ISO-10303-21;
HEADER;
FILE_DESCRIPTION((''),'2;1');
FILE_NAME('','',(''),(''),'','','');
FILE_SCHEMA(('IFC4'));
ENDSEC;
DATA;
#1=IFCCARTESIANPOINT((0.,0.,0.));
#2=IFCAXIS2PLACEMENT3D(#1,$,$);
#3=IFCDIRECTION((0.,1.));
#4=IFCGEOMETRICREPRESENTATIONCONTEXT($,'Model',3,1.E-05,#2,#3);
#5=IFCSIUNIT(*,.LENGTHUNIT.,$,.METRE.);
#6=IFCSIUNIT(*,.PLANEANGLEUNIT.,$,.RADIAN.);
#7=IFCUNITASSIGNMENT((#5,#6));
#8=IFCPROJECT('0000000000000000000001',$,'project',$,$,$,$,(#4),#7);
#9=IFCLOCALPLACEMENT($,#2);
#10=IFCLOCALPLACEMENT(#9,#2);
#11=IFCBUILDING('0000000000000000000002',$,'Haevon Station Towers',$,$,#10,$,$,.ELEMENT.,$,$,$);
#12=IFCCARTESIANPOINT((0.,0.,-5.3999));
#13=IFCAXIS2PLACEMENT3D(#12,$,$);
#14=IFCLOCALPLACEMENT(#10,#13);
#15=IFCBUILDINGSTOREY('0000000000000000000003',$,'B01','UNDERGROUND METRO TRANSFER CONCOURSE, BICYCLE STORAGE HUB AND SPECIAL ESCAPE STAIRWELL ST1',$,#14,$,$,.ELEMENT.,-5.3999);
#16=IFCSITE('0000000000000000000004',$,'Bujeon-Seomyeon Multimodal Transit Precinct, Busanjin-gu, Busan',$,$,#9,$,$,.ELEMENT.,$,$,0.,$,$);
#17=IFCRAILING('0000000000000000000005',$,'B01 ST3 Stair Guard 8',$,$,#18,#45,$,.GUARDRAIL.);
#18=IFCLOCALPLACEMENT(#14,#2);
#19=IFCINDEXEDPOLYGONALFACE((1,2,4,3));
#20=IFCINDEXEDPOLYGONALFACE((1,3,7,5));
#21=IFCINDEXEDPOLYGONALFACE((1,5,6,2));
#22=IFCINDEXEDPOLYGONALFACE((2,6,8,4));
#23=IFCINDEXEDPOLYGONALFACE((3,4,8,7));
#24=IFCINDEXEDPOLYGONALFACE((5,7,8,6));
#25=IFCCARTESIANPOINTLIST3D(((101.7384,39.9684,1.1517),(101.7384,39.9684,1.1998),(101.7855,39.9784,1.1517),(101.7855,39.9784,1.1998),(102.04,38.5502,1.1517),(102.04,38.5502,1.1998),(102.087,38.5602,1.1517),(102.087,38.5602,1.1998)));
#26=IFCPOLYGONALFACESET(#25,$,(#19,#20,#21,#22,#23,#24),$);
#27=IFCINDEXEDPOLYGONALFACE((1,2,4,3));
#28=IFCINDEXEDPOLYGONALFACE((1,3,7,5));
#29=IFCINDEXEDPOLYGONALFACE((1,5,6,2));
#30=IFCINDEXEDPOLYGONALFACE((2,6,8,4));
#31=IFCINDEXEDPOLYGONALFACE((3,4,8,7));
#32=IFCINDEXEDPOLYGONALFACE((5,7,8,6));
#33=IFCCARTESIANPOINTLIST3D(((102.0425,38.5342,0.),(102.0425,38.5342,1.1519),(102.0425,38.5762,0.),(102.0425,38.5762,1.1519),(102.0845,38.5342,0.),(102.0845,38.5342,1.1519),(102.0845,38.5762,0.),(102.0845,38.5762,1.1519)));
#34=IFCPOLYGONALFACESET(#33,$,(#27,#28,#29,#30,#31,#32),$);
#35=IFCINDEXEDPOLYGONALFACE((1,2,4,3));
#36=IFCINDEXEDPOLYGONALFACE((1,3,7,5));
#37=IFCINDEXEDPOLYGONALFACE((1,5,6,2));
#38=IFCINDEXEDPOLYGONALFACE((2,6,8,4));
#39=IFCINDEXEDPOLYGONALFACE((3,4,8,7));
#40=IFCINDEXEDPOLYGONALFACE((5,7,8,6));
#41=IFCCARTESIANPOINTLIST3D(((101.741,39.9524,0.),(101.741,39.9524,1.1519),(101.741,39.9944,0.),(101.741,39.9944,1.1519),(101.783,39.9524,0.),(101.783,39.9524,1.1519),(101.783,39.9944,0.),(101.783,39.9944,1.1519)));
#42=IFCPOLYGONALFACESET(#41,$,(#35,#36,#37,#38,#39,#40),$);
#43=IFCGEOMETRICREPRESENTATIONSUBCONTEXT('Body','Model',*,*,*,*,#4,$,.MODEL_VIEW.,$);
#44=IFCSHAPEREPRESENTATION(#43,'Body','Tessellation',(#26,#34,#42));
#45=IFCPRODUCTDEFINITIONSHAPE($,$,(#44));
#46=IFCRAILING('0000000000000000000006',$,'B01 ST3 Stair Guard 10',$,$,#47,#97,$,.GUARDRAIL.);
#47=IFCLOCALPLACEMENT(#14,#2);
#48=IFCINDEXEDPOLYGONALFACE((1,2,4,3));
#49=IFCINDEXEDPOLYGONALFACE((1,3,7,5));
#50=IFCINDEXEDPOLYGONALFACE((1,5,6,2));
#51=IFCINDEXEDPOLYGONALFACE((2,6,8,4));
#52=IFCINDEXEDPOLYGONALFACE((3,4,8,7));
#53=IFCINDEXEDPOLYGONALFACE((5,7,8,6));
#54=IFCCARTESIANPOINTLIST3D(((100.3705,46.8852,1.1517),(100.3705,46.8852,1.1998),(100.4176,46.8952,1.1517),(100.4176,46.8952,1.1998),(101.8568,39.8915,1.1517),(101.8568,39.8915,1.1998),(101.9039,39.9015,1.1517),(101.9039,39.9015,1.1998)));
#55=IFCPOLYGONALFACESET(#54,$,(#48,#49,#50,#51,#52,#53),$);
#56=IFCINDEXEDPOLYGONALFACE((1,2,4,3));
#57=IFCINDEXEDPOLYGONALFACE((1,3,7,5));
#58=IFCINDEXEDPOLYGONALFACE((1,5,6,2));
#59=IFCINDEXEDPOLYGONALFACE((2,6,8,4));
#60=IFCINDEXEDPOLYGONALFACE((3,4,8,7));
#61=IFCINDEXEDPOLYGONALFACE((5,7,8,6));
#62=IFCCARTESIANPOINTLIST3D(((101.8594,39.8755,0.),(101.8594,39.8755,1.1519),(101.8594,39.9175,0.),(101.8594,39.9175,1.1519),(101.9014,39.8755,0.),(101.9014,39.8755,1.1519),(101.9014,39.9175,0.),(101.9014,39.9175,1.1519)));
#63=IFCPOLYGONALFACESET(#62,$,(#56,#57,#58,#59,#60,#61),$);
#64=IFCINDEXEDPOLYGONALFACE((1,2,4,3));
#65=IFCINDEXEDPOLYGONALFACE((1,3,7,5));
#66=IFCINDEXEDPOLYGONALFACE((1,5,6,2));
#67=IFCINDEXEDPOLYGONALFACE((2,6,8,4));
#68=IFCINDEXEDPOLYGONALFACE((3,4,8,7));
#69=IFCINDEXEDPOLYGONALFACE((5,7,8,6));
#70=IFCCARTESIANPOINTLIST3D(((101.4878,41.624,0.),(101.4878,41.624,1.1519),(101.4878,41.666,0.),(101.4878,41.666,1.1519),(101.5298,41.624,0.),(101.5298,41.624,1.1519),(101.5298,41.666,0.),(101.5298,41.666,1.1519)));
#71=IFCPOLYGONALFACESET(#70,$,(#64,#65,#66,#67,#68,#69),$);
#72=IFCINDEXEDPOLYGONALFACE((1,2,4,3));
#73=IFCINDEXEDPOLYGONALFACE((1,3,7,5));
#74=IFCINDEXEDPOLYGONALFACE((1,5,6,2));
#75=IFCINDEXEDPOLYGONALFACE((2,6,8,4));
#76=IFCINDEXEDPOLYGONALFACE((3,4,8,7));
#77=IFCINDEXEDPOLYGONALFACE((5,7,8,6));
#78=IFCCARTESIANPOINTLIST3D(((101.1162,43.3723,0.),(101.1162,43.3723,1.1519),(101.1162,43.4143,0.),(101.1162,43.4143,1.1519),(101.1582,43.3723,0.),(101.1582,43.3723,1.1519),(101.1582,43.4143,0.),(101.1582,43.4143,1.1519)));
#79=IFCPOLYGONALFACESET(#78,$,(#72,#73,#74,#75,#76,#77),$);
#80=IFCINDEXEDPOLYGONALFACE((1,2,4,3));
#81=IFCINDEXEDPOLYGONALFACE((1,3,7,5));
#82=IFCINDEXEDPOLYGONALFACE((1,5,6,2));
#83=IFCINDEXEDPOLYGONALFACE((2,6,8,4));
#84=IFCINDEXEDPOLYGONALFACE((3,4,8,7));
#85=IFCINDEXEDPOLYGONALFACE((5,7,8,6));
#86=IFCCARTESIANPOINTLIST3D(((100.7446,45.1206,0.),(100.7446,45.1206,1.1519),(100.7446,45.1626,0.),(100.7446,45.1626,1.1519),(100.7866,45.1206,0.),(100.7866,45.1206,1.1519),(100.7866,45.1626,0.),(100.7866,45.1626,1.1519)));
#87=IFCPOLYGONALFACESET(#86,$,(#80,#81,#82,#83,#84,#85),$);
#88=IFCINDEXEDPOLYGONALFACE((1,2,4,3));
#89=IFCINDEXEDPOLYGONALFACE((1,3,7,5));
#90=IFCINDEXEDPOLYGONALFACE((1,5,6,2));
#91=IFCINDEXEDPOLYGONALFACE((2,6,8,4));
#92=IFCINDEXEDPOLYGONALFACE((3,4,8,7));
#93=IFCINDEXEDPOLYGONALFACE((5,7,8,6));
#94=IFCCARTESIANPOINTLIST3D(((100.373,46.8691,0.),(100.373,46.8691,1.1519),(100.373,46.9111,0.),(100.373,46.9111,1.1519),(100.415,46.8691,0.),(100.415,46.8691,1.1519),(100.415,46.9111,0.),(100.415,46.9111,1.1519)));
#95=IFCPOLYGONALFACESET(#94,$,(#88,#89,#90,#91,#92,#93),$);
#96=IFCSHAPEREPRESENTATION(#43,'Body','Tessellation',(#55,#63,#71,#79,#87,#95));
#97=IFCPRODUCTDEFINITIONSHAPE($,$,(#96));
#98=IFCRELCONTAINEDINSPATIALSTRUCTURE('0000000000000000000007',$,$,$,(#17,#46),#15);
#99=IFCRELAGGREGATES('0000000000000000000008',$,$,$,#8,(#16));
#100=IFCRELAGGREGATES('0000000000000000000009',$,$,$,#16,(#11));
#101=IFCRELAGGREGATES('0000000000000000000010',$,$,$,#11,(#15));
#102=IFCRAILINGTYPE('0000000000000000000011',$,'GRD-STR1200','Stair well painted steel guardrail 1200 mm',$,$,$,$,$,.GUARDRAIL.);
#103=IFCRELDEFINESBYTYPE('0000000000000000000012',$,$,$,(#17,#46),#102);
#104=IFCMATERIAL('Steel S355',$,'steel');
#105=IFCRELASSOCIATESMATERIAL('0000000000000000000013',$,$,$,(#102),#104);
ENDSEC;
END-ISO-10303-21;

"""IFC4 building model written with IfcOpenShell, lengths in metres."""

from ifc_helpers import new_model, si_unit, direction, frame, origin, origin_2d, place, context, subcontext, project, spatial, rectangle, extrude, material, type_object, element, save


model = new_model("IFC4")

# Units and contexts
model_context = context("Model", 3, precision=1e-05, world=origin(), true_north=direction((0.0, 1.0)))
body_context = subcontext(model_context, "Body", "Model", "MODEL_VIEW")
ifc_project = project(units=[si_unit("LENGTHUNIT", "METRE"), si_unit("PLANEANGLEUNIT", "RADIAN")], contexts=[model_context])

# Site, building, storey
site_placement = place(None, origin())
site = spatial("IfcSite", under=ifc_project, at=site_placement, Name="Bujeon-Seomyeon Multimodal Transit Precinct, Busanjin-gu, Busan", CompositionType="ELEMENT", RefElevation=0.0)
building_placement = place(site_placement, origin())
building = spatial("IfcBuilding", under=site, at=building_placement, Name="Haevon Station Towers", CompositionType="ELEMENT")
storey_placement = place(building_placement, frame((0.0, 0.0, -5.3999)))
storey = spatial("IfcBuildingStorey", under=building, at=storey_placement, Name="B01", Description="UNDERGROUND METRO TRANSFER CONCOURSE, BICYCLE STORAGE HUB AND SPECIAL ESCAPE STAIRWELL ST1", CompositionType="ELEMENT", Elevation=-5.3999)

# Shared definitions
ifc_material_1 = material(Name="Steel S355", Category="steel")

# Railings
railing_type_1 = type_object("IfcRailingType", Name="GRD-STR1200", Description="Stair well painted steel guardrail 1200 mm", PredefinedType="GUARDRAIL", material=ifc_material_1)
railing_1_placement = place(storey_placement, frame((102.0635, 38.5552, 0.0)))
element("IfcRailing", 1, at=railing_1_placement, inside=storey, type_object=railing_type_1, Name="B01 ST3 Stair Guard 8", PredefinedType="GUARDRAIL", context=body_context, shape_type="SweptSolid", body=[
    extrude(rectangle(XDim=0.0481, YDim=0.0481, at=origin_2d()), frame((0.0, 0.0, 1.1758), z_axis=(-0.207953, 0.978139, 0.0), x_axis=(-0.978139, -0.207953, 0.0)), (0.0, 0.0, 1.0), 1.45),
    extrude(rectangle(XDim=0.042, YDim=0.042, at=origin_2d()), origin(), (0.0, 0.0, 1.0), 1.1519),
    extrude(rectangle(XDim=0.042, YDim=0.042, at=origin_2d()), frame((-0.3015, 1.4182, 0.0)), (0.0, 0.0, 1.0), 1.1519),
])
railing_2_placement = place(storey_placement, frame((101.8804, 39.8965, 0.0)))
element("IfcRailing", 2, at=railing_2_placement, inside=storey, type_object=railing_type_1, Name="B01 ST3 Stair Guard 10", PredefinedType="GUARDRAIL", context=body_context, shape_type="SweptSolid", body=[
    extrude(rectangle(XDim=0.0481, YDim=0.0481, at=origin_2d()), frame((0.0, 0.0, 1.1758), z_axis=(-0.207882, 0.978154, 0.0), x_axis=(-0.978154, -0.207882, 0.0)), (0.0, 0.0, 1.0), 7.1499),
    extrude(rectangle(XDim=0.042, YDim=0.042, at=origin_2d()), origin(), (0.0, 0.0, 1.0), 1.1519),
    extrude(rectangle(XDim=0.042, YDim=0.042, at=origin_2d()), frame((-0.3716, 1.7485, 0.0)), (0.0, 0.0, 1.0), 1.1519),
    extrude(rectangle(XDim=0.042, YDim=0.042, at=origin_2d()), frame((-0.7432, 3.4968, 0.0)), (0.0, 0.0, 1.0), 1.1519),
    extrude(rectangle(XDim=0.042, YDim=0.042, at=origin_2d()), frame((-1.1147, 5.2451, 0.0)), (0.0, 0.0, 1.0), 1.1519),
    extrude(rectangle(XDim=0.042, YDim=0.042, at=origin_2d()), frame((-1.4863, 6.9937, 0.0)), (0.0, 0.0, 1.0), 1.1519),
])

save(model, "model.ifc")
